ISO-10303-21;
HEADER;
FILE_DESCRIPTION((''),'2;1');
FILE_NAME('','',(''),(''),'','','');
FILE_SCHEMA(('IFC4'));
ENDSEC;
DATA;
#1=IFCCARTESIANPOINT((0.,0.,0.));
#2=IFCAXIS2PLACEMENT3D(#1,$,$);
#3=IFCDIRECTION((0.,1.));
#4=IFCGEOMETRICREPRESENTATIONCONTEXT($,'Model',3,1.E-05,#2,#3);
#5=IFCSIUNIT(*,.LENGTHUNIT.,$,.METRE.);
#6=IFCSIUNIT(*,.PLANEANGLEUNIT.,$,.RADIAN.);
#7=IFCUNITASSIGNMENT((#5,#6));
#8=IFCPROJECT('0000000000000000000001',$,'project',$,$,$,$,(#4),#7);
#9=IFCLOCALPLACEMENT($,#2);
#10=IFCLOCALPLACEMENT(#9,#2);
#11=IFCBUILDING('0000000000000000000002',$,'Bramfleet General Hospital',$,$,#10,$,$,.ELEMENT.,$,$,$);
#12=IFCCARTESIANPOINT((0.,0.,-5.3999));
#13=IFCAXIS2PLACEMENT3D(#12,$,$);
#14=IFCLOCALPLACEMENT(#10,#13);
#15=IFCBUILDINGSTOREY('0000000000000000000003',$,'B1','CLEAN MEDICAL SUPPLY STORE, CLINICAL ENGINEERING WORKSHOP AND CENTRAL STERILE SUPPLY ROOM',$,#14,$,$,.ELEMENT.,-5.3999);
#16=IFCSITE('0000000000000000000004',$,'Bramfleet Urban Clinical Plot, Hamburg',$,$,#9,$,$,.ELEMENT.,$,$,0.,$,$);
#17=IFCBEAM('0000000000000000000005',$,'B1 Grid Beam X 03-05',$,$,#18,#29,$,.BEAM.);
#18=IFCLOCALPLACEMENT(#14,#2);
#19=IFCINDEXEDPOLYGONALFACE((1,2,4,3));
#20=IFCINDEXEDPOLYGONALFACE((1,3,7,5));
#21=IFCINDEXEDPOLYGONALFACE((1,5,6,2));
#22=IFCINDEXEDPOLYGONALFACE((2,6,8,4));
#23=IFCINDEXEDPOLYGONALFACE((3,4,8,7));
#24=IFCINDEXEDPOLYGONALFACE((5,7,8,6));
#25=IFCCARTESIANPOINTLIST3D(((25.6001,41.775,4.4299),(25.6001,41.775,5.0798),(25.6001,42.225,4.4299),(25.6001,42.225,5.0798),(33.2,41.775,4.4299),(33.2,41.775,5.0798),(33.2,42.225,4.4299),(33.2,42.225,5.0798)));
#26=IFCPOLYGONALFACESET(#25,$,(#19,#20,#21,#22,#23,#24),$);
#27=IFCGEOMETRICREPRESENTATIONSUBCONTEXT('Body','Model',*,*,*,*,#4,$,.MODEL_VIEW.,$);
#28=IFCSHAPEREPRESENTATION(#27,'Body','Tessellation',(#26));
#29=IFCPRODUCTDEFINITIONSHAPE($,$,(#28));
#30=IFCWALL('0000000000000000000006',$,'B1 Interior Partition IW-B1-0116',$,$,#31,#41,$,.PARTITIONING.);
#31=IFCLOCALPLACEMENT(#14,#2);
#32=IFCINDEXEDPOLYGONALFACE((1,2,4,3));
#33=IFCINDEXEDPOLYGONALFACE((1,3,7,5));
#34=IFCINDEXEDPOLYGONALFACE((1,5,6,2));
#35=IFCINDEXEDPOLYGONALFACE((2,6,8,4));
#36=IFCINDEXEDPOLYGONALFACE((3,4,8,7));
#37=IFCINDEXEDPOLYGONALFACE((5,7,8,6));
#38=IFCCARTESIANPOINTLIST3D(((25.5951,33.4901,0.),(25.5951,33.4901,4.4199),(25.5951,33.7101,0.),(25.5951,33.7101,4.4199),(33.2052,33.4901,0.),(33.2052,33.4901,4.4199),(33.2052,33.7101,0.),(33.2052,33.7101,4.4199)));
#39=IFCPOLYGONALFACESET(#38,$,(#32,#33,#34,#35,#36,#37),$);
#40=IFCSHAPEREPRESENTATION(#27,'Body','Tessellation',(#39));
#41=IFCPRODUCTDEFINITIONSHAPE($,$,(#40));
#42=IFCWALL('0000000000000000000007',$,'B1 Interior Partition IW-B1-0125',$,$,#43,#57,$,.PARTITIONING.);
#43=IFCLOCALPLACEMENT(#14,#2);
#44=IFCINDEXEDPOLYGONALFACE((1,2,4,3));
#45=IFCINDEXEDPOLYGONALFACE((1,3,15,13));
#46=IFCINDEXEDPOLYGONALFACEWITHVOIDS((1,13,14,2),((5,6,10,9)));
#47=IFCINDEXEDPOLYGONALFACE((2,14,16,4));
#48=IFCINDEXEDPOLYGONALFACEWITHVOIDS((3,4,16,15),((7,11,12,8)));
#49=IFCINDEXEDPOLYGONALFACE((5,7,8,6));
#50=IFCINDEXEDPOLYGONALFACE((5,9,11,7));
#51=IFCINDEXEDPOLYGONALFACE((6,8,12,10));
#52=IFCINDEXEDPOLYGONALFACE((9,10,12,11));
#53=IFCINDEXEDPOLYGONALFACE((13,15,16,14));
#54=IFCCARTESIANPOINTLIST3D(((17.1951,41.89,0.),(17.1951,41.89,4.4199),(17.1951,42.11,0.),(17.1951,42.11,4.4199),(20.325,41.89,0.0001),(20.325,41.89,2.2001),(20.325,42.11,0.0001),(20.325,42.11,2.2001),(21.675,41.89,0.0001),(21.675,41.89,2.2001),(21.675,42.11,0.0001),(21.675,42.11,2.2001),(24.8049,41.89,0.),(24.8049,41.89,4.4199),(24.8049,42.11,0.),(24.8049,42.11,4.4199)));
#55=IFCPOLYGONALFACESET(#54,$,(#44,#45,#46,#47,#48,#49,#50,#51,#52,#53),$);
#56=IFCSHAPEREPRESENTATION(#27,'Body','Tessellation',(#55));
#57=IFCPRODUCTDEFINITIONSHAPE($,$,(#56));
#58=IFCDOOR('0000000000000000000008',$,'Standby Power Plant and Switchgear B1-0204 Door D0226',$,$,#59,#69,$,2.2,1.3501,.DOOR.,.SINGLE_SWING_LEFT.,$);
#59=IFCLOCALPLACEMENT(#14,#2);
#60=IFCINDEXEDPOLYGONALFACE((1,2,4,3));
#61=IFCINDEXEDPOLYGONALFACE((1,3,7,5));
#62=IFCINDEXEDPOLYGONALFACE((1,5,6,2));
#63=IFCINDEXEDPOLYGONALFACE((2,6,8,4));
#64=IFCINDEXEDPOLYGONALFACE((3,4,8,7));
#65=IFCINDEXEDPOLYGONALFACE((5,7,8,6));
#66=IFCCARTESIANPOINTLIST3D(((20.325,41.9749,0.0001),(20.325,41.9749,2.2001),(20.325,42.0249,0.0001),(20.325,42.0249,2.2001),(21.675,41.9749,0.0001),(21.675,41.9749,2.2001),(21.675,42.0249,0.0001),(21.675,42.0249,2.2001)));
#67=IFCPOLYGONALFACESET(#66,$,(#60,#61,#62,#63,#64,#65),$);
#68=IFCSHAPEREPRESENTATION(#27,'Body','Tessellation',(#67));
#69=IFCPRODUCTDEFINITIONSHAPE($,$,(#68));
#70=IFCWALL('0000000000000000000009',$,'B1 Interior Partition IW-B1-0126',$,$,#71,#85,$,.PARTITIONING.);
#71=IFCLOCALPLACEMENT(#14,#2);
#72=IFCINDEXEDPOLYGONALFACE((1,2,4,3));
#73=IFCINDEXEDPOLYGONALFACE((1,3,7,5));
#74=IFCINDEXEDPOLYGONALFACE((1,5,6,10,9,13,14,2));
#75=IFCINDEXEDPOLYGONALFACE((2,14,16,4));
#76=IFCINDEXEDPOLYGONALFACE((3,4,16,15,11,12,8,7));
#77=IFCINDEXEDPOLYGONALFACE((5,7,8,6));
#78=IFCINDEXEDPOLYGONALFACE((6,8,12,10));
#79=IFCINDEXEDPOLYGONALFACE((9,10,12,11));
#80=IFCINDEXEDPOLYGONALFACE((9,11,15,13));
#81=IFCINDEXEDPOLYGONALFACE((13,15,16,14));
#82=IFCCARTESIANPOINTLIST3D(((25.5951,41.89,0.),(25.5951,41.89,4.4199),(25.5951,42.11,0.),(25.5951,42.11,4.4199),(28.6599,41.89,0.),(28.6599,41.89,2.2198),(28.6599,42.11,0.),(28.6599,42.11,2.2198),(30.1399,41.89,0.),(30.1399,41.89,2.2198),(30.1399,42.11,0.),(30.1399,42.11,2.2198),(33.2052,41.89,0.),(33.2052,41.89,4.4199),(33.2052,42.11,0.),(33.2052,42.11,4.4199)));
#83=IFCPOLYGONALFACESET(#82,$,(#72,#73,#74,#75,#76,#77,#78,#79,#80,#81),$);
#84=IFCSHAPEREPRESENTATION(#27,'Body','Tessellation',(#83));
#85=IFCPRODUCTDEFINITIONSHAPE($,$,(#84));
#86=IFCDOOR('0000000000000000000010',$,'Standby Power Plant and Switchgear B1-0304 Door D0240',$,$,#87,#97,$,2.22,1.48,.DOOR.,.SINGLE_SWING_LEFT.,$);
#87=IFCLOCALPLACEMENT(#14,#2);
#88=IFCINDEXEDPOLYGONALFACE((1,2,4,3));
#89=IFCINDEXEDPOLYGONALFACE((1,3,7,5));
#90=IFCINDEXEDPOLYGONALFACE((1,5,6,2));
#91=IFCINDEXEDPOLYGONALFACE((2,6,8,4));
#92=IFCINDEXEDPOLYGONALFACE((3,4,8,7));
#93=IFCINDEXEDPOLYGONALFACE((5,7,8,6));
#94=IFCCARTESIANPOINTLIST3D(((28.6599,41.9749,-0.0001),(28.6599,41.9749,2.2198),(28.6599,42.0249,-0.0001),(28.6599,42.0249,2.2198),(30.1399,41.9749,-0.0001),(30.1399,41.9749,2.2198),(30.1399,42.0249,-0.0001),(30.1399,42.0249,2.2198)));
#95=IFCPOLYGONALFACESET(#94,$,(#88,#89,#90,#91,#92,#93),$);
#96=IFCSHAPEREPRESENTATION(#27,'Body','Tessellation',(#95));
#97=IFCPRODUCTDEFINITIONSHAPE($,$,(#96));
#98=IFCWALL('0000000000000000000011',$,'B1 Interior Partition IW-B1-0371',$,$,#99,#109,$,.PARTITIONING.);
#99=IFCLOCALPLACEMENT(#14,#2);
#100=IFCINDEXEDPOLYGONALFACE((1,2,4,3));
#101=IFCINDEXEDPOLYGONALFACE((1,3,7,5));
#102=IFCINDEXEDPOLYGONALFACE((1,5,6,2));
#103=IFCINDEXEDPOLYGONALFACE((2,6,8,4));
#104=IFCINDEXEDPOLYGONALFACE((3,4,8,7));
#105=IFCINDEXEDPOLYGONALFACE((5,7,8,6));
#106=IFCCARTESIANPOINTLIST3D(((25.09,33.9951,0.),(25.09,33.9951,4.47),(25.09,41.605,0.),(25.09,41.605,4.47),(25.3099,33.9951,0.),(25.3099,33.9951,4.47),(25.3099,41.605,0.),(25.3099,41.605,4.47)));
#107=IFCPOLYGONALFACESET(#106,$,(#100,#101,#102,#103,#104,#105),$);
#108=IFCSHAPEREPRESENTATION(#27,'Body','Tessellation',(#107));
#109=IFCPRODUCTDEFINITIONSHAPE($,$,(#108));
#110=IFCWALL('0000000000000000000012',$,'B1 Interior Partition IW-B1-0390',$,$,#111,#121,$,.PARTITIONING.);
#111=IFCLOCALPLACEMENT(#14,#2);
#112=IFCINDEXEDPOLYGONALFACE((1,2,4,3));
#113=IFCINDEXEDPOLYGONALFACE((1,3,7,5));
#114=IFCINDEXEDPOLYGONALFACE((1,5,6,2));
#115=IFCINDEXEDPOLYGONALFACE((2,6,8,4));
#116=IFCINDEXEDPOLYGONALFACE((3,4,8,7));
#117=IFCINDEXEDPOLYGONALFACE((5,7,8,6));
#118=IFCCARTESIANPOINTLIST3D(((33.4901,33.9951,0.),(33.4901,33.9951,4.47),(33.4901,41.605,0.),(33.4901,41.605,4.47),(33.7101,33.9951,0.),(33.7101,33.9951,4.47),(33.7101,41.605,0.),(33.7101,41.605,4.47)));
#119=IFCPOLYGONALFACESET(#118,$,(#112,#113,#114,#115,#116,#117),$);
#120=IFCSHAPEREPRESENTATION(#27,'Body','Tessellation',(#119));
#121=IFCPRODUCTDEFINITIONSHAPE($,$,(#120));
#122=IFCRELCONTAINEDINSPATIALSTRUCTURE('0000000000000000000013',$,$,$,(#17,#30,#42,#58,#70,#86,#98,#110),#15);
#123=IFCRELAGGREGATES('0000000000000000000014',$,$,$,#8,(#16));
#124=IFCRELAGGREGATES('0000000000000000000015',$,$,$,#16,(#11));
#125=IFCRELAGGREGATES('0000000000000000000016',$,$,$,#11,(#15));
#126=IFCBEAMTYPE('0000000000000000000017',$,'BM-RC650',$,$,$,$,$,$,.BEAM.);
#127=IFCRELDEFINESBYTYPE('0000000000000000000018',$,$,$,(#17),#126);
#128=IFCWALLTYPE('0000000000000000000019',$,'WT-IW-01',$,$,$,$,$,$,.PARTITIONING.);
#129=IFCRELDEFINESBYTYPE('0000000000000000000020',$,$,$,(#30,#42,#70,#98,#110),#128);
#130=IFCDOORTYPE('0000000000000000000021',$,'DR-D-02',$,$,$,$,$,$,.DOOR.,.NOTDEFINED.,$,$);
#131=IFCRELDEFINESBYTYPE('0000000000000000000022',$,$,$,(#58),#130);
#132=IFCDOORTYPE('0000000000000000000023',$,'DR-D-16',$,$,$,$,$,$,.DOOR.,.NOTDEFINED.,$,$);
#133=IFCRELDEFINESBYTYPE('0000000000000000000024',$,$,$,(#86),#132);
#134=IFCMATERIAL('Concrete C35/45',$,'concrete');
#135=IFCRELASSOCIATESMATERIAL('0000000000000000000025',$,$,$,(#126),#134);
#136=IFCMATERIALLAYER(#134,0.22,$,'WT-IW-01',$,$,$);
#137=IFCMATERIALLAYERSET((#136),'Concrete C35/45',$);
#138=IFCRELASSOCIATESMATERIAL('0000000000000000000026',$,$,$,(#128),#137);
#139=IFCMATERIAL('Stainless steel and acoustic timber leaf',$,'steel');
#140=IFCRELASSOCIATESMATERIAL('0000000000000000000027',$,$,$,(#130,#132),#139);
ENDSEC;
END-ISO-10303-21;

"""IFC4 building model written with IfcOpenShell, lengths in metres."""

from ifc_helpers import new_model, si_unit, direction, frame, frame_2d, origin, origin_2d, place, context, subcontext, project, spatial, rectangle, extrude, material, layer, layer_set, material_profile, profile_set, type_object, element, fill, save


model = new_model("IFC4")

# Units and contexts
model_context = context("Model", 3, precision=1e-05, world=origin(), true_north=direction((0.0, 1.0)))
body_context = subcontext(model_context, "Body", "Model", "MODEL_VIEW")
ifc_project = project(units=[si_unit("LENGTHUNIT", "METRE"), si_unit("PLANEANGLEUNIT", "RADIAN")], contexts=[model_context])

# Site, building, storey
site_placement = place(None, origin())
site = spatial("IfcSite", under=ifc_project, at=site_placement, Name="Bramfleet Urban Clinical Plot, Hamburg", CompositionType="ELEMENT", RefElevation=0.0)
building_placement = place(site_placement, origin())
building = spatial("IfcBuilding", under=site, at=building_placement, Name="Bramfleet General Hospital", CompositionType="ELEMENT")
storey_placement = place(building_placement, frame((0.0, 0.0, -5.3999)))
storey = spatial("IfcBuildingStorey", under=building, at=storey_placement, Name="B1", Description="CLEAN MEDICAL SUPPLY STORE, CLINICAL ENGINEERING WORKSHOP AND CENTRAL STERILE SUPPLY ROOM", CompositionType="ELEMENT", Elevation=-5.3999)

# Shared definitions
ifc_material_1 = material(Name="Concrete C35/45", Category="concrete")

# Beam
ifc_material_profile_1 = material_profile(ifc_material_1, rectangle(XDim=0.45, YDim=0.6499, at=origin_2d()), Name="RC BM 650x450")
ifc_profile_set_1 = profile_set([ifc_material_profile_1], Name="Concrete C35/45")
beam_type_1 = type_object("IfcBeamType", Name="BM-RC650", PredefinedType="BEAM", material=ifc_profile_set_1)
for number, where, z_axis, x_axis, name in (
    (1, (25.6001, 42.0, 4.7549), (1.0, 0.0, 0.0), (0.0, 1.0, 0.0), "B1 Grid Beam X 03-05"),
):
    element("IfcBeam", number, at=place(storey_placement, frame(where, z_axis=z_axis, x_axis=x_axis)), inside=storey, type_object=beam_type_1, Name=name, PredefinedType="BEAM", context=body_context, shape_type="SweptSolid", body=[
        extrude(rectangle(XDim=0.45, YDim=0.6499, at=origin_2d()), origin(), (0.0, 0.0, 1.0), 7.5999),
    ])

# Wall
ifc_layer = layer(ifc_material_1, 0.22, Name="WT-IW-01")
ifc_layer_set = layer_set([ifc_layer], Name="Concrete C35/45")
wall_type = type_object("IfcWallType", Name="WT-IW-01", PredefinedType="PARTITIONING", material=ifc_layer_set)
wall_1_placement = place(storey_placement, frame((25.595, 33.6001, 0.0), z_axis=(0.0, 0.0, 1.0), x_axis=(1.0, 0.0, 0.0)))
element("IfcWall", 2, at=wall_1_placement, inside=storey, type_object=wall_type, Name="B1 Interior Partition IW-B1-0116", PredefinedType="PARTITIONING", context=body_context, shape_type="SweptSolid", body=[
    extrude(rectangle(XDim=7.6101, YDim=0.22, at=frame_2d((3.8052, 0.0))), origin(), (0.0, 0.0, 1.0), 4.4199),
])

# Walls, openings, doors
wall_2_placement = place(storey_placement, frame((17.1951, 42.0, 0.0), z_axis=(0.0, 0.0, 1.0), x_axis=(1.0, 0.0, 0.0)))
wall_2 = element("IfcWall", 3, at=wall_2_placement, inside=storey, type_object=wall_type, Name="B1 Interior Partition IW-B1-0125", PredefinedType="PARTITIONING", context=body_context, shape_type="SweptSolid", body=[
    extrude(rectangle(XDim=7.6099, YDim=0.22, at=frame_2d((3.8049, 0.0))), origin(), (0.0, 0.0, 1.0), 4.4199),
])
opening_1_placement = place(wall_2_placement, frame((3.1299, 0.0, 0.0)))
opening_1 = element("IfcOpeningElement", 4, at=opening_1_placement, cuts=wall_2, PredefinedType="OPENING", context=body_context, shape_type="SweptSolid", body=[
    extrude(rectangle(XDim=1.3501, YDim=2.2, at=frame_2d((0.675, 1.1001))), frame((0.0, 0.1199, 0.0), z_axis=(0.0, -1.0, 0.0), x_axis=(1.0, 0.0, 0.0)), (0.0, 0.0, 1.0), 0.24),
])
ifc_material_2 = material(Name="Stainless steel and acoustic timber leaf", Category="steel")
door_type_1 = type_object("IfcDoorType", Name="DR-D-02", OperationType="NOTDEFINED", PredefinedType="DOOR", material=ifc_material_2)
door_1_placement = place(opening_1_placement, origin())
door_1 = element("IfcDoor", 5, at=door_1_placement, inside=storey, type_object=door_type_1, Name="Standby Power Plant and Switchgear B1-0204 Door D0226", OperationType="SINGLE_SWING_LEFT", OverallHeight=2.2, OverallWidth=1.3501, PredefinedType="DOOR", context=body_context, shape_type="SweptSolid", body=[
    extrude(rectangle(XDim=1.3501, YDim=2.2, at=frame_2d((0.675, 1.1001))), frame((0.0, 0.0249, 0.0), z_axis=(0.0, -1.0, 0.0), x_axis=(1.0, 0.0, 0.0)), (0.0, 0.0, 1.0), 0.05),
])
fill(opening_1, door_1)
wall_3_placement = place(storey_placement, frame((25.595, 42.0, 0.0), z_axis=(0.0, 0.0, 1.0), x_axis=(1.0, 0.0, 0.0)))
wall_3 = element("IfcWall", 6, at=wall_3_placement, inside=storey, type_object=wall_type, Name="B1 Interior Partition IW-B1-0126", PredefinedType="PARTITIONING", context=body_context, shape_type="SweptSolid", body=[
    extrude(rectangle(XDim=7.6101, YDim=0.22, at=frame_2d((3.8052, 0.0))), origin(), (0.0, 0.0, 1.0), 4.4199),
])
opening_2_placement = place(wall_3_placement, frame((3.0649, 0.0, 0.0)))
opening_2 = element("IfcOpeningElement", 7, at=opening_2_placement, cuts=wall_3, PredefinedType="OPENING", context=body_context, shape_type="SweptSolid", body=[
    extrude(rectangle(XDim=1.48, YDim=2.22, at=frame_2d((0.74, 1.1099))), frame((0.0, 0.1199, 0.0), z_axis=(0.0, -1.0, 0.0), x_axis=(1.0, 0.0, 0.0)), (0.0, 0.0, 1.0), 0.24),
])
door_type_2 = type_object("IfcDoorType", Name="DR-D-16", OperationType="NOTDEFINED", PredefinedType="DOOR", material=ifc_material_2)
door_2_placement = place(opening_2_placement, origin())
door_2 = element("IfcDoor", 8, at=door_2_placement, inside=storey, type_object=door_type_2, Name="Standby Power Plant and Switchgear B1-0304 Door D0240", OperationType="SINGLE_SWING_LEFT", OverallHeight=2.22, OverallWidth=1.48, PredefinedType="DOOR", context=body_context, shape_type="SweptSolid", body=[
    extrude(rectangle(XDim=1.48, YDim=2.22, at=frame_2d((0.74, 1.1099))), frame((0.0, 0.0249, 0.0), z_axis=(0.0, -1.0, 0.0), x_axis=(1.0, 0.0, 0.0)), (0.0, 0.0, 1.0), 0.05),
])
fill(opening_2, door_2)

# Walls
for number, where, z_axis, x_axis, name in (
    (9, (25.2, 33.9951, 0.0), (0.0, 0.0, 1.0), (0.0, 1.0, 0.0), "B1 Interior Partition IW-B1-0371"),
    (10, (33.6001, 33.9951, 0.0), (0.0, 0.0, 1.0), (0.0, 1.0, 0.0), "B1 Interior Partition IW-B1-0390"),
):
    element("IfcWall", number, at=place(storey_placement, frame(where, z_axis=z_axis, x_axis=x_axis)), inside=storey, type_object=wall_type, Name=name, PredefinedType="PARTITIONING", context=body_context, shape_type="SweptSolid", body=[
        extrude(rectangle(XDim=7.6099, YDim=0.22, at=frame_2d((3.8049, 0.0))), origin(), (0.0, 0.0, 1.0), 4.47),
    ])

save(model, "model.ifc")
